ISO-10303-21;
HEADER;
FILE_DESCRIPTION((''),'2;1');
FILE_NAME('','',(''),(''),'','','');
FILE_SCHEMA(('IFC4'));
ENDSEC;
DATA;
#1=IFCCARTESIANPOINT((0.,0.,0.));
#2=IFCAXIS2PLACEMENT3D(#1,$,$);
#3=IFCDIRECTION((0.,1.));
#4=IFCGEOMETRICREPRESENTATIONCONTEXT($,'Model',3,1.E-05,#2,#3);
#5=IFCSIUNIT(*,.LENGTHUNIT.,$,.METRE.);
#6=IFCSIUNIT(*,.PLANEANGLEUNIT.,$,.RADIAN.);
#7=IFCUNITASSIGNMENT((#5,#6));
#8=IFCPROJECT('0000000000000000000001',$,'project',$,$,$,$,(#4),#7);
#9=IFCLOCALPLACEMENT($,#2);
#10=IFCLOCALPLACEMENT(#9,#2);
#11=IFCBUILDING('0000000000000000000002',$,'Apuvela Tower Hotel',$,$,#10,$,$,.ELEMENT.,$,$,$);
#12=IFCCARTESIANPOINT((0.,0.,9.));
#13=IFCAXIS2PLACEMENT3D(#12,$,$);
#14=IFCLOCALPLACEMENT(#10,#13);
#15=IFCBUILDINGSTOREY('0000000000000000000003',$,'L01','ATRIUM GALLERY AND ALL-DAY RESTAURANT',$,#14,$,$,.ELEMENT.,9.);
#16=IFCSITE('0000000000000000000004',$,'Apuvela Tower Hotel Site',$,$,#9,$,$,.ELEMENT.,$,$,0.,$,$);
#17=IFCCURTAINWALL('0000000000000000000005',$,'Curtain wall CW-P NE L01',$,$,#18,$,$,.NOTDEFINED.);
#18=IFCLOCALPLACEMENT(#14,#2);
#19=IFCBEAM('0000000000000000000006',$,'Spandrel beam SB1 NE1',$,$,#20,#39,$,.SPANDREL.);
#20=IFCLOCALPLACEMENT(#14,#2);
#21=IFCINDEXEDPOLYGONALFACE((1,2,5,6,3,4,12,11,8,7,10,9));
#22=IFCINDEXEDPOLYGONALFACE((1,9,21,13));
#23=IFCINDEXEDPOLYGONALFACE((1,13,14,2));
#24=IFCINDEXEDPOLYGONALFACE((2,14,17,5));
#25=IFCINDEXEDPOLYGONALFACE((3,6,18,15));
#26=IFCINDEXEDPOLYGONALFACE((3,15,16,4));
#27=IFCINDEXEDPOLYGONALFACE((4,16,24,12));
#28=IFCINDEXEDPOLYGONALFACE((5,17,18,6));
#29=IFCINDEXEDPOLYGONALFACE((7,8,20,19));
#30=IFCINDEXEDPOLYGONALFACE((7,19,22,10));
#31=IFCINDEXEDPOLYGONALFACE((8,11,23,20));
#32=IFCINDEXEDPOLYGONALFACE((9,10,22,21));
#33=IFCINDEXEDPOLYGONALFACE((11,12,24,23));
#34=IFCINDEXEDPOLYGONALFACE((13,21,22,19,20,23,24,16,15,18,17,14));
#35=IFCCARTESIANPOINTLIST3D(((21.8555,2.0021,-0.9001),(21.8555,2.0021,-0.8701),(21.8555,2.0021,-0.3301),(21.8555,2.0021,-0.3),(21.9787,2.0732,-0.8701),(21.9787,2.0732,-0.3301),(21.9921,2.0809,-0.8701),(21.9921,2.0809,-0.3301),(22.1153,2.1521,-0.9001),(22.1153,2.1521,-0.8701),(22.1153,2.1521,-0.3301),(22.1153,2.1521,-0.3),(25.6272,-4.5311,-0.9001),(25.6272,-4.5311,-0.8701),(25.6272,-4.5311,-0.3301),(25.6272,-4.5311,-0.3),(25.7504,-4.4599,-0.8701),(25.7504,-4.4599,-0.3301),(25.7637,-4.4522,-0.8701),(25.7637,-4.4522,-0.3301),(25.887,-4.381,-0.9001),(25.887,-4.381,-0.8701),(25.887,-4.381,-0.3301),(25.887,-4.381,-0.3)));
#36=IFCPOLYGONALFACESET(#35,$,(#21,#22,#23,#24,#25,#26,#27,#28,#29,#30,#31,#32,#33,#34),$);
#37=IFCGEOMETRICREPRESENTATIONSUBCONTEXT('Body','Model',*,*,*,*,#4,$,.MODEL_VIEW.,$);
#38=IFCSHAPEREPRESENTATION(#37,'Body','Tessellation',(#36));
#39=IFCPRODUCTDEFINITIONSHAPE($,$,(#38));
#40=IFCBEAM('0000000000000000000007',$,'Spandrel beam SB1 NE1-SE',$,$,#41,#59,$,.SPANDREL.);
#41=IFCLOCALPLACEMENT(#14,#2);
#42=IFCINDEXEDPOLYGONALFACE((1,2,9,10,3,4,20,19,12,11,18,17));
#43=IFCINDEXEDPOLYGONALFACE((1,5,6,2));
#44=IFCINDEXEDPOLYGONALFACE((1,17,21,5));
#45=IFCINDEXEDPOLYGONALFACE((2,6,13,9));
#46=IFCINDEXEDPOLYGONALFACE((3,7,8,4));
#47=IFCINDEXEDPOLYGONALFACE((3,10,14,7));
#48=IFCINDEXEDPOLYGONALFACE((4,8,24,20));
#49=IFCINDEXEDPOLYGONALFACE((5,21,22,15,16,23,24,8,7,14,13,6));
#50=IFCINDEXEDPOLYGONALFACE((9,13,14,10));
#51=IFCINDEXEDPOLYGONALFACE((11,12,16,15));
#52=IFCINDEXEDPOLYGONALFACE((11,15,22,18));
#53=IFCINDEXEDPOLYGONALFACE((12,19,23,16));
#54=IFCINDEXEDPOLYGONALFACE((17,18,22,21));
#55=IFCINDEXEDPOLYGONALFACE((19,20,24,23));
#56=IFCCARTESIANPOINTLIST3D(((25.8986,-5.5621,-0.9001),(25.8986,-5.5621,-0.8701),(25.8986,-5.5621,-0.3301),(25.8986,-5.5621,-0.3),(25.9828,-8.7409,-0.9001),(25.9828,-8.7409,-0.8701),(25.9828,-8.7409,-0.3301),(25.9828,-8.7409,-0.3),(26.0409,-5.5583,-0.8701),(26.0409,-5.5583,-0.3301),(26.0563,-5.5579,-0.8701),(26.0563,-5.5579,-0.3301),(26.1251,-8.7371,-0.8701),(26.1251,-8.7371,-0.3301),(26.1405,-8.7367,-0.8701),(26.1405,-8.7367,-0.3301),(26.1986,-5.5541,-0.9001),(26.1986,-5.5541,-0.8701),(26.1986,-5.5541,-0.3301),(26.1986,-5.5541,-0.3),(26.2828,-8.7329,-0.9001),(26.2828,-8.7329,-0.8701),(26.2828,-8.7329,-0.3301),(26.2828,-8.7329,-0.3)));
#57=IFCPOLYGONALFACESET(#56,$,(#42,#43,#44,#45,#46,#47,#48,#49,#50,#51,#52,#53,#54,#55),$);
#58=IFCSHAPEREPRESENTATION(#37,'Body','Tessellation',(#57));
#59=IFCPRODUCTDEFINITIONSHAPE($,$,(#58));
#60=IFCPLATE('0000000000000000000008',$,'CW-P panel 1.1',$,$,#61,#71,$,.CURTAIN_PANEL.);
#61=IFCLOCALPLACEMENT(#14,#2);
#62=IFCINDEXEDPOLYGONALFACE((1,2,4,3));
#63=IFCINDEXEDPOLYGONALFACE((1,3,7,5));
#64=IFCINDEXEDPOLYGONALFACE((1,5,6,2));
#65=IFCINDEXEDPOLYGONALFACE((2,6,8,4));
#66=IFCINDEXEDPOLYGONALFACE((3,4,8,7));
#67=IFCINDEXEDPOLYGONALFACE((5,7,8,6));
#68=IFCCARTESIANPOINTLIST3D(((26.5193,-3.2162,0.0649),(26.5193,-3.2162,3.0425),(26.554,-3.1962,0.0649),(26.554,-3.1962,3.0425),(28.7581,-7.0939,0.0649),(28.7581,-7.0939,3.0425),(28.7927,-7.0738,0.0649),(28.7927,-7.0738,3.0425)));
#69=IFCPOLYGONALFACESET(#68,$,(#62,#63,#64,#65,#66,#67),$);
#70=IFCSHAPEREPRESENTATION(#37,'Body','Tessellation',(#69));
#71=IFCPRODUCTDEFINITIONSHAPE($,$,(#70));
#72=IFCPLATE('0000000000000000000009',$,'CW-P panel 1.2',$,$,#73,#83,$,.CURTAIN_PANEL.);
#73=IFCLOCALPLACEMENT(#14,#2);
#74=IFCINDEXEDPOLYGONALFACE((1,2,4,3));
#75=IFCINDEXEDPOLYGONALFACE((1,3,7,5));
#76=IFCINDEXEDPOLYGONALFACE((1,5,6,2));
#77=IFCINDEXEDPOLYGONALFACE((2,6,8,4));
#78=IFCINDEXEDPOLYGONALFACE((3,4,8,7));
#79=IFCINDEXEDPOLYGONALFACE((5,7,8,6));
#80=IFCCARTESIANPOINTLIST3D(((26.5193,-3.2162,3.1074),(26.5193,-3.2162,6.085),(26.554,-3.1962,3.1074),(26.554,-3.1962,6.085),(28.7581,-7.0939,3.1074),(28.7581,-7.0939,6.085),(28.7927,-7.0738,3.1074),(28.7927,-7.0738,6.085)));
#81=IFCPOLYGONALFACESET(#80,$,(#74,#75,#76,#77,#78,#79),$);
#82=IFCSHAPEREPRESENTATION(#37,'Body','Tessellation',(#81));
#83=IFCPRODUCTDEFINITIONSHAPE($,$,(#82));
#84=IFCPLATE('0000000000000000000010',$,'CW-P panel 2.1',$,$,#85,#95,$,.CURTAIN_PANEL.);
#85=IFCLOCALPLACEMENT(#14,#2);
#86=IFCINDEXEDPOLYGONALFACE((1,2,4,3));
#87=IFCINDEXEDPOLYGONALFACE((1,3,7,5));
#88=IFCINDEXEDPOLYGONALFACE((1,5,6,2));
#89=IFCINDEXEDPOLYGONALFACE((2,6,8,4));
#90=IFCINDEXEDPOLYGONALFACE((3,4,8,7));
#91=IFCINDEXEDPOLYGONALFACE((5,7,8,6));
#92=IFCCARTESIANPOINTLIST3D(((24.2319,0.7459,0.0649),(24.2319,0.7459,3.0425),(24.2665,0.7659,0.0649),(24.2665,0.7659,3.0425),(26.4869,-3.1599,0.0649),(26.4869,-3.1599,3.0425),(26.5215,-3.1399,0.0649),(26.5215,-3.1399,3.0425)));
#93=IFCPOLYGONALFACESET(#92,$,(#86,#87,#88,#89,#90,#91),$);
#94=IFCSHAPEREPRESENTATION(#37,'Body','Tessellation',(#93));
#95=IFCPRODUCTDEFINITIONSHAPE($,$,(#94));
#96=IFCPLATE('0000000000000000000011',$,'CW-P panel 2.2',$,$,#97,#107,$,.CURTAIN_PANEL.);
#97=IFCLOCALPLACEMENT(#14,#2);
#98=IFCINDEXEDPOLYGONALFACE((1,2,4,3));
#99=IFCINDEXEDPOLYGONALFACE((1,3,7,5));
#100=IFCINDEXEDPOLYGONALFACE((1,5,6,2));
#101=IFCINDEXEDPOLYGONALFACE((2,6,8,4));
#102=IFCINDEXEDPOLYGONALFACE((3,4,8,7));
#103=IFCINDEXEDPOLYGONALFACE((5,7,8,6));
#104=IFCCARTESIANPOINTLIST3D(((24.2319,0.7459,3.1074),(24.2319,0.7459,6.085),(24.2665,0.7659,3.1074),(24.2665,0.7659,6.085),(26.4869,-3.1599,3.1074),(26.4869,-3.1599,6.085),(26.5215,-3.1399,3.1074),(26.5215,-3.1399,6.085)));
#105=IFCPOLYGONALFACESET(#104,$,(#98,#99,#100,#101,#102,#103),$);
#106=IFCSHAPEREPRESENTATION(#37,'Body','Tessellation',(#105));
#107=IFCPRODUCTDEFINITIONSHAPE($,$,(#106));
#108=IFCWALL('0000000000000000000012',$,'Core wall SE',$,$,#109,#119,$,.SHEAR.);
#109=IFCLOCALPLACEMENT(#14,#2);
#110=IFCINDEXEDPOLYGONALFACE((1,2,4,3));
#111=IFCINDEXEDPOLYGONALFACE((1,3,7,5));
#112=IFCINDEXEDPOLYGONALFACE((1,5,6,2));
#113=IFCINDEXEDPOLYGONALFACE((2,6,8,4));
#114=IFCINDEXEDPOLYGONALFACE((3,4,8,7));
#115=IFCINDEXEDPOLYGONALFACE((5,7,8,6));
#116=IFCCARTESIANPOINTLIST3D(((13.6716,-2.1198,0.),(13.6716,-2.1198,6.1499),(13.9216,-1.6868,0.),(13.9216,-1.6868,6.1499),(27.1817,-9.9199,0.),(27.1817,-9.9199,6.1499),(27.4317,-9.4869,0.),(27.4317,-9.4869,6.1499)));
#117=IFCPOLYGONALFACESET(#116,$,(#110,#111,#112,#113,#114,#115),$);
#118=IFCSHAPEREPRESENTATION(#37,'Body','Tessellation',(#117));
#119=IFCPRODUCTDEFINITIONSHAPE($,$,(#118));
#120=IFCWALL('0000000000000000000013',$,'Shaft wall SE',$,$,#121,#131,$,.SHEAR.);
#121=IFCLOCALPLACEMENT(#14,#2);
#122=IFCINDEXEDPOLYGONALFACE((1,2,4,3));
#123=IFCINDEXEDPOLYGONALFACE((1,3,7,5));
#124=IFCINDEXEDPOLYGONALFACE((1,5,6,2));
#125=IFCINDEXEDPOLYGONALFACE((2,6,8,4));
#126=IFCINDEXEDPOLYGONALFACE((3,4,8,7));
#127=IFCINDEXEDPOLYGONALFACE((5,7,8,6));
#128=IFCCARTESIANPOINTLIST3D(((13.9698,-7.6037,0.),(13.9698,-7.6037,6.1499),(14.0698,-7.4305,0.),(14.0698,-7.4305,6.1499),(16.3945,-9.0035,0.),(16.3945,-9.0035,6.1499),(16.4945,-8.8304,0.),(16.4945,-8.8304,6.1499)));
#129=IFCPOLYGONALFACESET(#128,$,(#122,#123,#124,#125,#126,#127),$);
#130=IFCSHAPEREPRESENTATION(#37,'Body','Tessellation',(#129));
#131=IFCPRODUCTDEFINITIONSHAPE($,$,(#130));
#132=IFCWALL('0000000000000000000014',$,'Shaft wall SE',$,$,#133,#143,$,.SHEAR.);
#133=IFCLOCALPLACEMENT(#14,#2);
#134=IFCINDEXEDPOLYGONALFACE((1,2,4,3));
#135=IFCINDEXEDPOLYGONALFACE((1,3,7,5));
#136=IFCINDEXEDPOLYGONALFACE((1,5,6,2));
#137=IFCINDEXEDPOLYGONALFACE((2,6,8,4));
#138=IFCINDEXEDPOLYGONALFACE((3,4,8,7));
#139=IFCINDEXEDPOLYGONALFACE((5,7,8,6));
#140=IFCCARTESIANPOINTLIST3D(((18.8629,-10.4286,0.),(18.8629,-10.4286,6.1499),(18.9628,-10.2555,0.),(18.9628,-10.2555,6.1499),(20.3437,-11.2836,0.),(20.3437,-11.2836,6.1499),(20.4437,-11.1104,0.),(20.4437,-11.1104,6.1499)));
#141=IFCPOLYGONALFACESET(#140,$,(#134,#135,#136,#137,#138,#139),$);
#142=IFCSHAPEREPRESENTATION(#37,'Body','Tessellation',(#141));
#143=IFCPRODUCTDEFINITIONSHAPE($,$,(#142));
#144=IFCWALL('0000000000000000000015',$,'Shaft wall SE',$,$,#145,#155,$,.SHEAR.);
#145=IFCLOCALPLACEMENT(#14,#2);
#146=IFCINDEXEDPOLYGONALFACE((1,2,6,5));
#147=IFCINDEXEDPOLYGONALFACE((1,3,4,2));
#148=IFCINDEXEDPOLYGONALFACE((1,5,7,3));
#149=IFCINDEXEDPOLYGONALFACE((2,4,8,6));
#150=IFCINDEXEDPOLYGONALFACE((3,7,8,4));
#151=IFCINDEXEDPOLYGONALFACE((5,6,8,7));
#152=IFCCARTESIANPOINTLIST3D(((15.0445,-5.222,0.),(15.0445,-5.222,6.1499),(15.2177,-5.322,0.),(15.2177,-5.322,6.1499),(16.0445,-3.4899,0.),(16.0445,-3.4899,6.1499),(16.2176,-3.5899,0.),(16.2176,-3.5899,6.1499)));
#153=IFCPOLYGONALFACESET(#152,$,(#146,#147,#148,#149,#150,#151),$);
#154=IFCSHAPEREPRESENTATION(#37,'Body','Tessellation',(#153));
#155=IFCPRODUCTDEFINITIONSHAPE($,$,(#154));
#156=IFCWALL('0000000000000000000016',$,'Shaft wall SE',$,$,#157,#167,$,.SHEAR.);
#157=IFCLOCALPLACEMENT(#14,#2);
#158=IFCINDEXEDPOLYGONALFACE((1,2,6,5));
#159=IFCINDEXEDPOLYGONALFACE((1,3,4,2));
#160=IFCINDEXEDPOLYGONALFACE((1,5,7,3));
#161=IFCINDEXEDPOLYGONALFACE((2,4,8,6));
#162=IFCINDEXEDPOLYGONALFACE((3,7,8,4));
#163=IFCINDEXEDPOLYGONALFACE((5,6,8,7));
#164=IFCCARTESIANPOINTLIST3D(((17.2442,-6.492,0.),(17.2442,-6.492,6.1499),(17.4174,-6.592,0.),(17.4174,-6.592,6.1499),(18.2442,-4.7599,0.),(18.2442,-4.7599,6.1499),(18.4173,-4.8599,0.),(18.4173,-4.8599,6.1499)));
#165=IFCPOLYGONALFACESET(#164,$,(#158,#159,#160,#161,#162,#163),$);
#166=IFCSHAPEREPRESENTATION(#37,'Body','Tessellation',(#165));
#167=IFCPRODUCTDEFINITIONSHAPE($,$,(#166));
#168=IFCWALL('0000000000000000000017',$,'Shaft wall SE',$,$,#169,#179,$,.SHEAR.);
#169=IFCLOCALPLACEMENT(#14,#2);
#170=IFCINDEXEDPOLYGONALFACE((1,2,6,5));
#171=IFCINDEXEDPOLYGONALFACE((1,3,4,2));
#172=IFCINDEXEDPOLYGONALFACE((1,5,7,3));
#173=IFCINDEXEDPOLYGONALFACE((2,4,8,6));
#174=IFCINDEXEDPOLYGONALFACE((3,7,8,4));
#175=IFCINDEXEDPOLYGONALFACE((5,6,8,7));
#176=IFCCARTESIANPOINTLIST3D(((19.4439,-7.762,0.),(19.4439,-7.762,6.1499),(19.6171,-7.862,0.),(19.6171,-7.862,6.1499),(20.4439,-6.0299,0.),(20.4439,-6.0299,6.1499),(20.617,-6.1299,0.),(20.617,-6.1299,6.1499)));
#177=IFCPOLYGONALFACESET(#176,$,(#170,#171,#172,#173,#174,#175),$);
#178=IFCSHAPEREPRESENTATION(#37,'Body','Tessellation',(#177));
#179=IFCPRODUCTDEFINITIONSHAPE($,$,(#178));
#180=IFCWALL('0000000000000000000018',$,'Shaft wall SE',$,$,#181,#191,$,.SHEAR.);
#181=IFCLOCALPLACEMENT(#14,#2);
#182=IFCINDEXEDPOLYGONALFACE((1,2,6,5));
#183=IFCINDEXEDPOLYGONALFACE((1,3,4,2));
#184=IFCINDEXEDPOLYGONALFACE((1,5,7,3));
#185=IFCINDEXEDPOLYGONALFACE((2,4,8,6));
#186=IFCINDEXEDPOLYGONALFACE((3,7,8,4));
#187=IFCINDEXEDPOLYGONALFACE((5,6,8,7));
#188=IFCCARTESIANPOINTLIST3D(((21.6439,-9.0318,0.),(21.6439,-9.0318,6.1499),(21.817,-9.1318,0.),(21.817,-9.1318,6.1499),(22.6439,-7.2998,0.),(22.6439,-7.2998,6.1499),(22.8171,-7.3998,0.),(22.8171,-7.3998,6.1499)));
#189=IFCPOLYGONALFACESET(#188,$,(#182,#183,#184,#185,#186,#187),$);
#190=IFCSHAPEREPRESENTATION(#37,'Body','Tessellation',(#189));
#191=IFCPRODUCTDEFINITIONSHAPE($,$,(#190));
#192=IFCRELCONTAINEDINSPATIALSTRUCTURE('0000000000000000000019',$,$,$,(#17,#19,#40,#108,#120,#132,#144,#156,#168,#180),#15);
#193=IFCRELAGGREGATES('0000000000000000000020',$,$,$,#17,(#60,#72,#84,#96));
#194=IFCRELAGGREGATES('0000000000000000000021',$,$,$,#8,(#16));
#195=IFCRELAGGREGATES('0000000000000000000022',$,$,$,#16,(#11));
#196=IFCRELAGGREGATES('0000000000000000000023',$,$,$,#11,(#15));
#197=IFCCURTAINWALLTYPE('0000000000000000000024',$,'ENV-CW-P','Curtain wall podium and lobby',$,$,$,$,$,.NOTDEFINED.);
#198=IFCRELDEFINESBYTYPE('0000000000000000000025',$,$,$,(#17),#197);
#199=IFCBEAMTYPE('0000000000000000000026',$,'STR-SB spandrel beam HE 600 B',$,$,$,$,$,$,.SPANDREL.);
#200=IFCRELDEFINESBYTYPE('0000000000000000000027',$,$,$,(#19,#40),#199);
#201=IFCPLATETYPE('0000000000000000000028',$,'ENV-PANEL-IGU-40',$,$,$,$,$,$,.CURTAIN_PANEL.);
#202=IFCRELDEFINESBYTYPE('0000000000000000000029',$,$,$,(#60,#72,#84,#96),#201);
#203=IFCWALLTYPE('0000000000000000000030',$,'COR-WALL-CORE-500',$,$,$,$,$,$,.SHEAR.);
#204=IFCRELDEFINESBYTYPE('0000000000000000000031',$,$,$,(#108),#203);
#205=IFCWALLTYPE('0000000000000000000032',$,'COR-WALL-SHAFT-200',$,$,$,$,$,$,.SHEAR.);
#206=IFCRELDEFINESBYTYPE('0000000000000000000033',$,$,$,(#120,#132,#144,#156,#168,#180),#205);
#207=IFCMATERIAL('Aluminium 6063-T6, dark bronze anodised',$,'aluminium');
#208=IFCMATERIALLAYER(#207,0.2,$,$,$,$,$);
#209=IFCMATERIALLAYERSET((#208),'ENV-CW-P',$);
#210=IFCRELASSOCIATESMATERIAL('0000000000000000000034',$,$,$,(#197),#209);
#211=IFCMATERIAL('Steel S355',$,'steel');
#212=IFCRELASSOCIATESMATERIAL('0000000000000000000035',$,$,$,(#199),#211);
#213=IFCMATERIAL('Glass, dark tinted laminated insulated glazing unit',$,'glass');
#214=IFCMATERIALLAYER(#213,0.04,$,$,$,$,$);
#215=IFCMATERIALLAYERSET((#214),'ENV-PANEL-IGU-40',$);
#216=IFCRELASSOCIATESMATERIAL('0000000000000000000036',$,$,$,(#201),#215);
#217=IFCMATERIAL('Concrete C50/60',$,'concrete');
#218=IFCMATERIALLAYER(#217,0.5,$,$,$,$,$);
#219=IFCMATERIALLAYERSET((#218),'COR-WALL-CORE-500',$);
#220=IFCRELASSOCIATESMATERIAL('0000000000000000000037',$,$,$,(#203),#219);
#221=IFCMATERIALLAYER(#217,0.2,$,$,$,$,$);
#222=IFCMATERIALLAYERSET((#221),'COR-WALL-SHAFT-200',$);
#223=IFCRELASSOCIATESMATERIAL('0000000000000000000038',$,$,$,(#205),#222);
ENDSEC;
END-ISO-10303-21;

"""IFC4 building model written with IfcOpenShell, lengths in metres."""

from ifc_helpers import new_model, si_unit, direction, frame, frame_2d, origin, origin_2d, place, context, subcontext, project, spatial, rectangle, i_section, extrude, material, layer, layer_set, material_profile, profile_set, type_object, element, aggregate, save


model = new_model("IFC4")

# Units and contexts
model_context = context("Model", 3, precision=1e-05, world=origin(), true_north=direction((0.0, 1.0)))
body_context = subcontext(model_context, "Body", "Model", "MODEL_VIEW")
ifc_project = project(units=[si_unit("LENGTHUNIT", "METRE"), si_unit("PLANEANGLEUNIT", "RADIAN")], contexts=[model_context])

# Site, building, storey
site_placement = place(None, origin())
site = spatial("IfcSite", under=ifc_project, at=site_placement, Name="Apuvela Tower Hotel Site", CompositionType="ELEMENT", RefElevation=0.0)
building_placement = place(site_placement, origin())
building = spatial("IfcBuilding", under=site, at=building_placement, Name="Apuvela Tower Hotel", CompositionType="ELEMENT")
storey_placement = place(building_placement, frame((0.0, 0.0, 9.0)))
storey = spatial("IfcBuildingStorey", under=building, at=storey_placement, Name="L01", Description="ATRIUM GALLERY AND ALL-DAY RESTAURANT", CompositionType="ELEMENT", Elevation=9.0)

# Curtain wall
ifc_material_1 = material(Name="Aluminium 6063-T6, dark bronze anodised", Category="aluminium")
ifc_layer_1 = layer(ifc_material_1, 0.2)
ifc_layer_set_1 = layer_set([ifc_layer_1], Name="ENV-CW-P")
curtain_wall_type = type_object("IfcCurtainWallType", Name="ENV-CW-P", Description="Curtain wall podium and lobby", PredefinedType="NOTDEFINED", material=ifc_layer_set_1)
curtain_wall_placement = place(storey_placement, origin())
curtain_wall = element("IfcCurtainWall", 1, at=curtain_wall_placement, inside=storey, type_object=curtain_wall_type, Name="Curtain wall CW-P NE L01", PredefinedType="NOTDEFINED")

# Beams
ifc_material_2 = material(Name="Steel S355", Category="steel")
ifc_material_profile_1 = material_profile(ifc_material_2, i_section(OverallWidth=0.3, OverallDepth=0.6001, WebThickness=0.0154, FlangeThickness=0.03, at=origin_2d()), Name="HE 600 B")
ifc_profile_set_1 = profile_set([ifc_material_profile_1], Name="Steel S355")
beam_type_1 = type_object("IfcBeamType", Name="STR-SB spandrel beam HE 600 B", PredefinedType="SPANDREL", material=ifc_profile_set_1)
beam_1_placement = place(storey_placement, frame((25.7571, -4.4561, -0.6001), z_axis=(-0.499978, 0.866038, 0.0), x_axis=(-0.866038, -0.499978, 0.0)))
element("IfcBeam", 2, at=beam_1_placement, inside=storey, type_object=beam_type_1, Name="Spandrel beam SB1 NE1", PredefinedType="SPANDREL", context=body_context, shape_type="SweptSolid", body=[
    extrude(i_section(OverallWidth=0.3, OverallDepth=0.6001, WebThickness=0.0154, FlangeThickness=0.03, at=origin_2d()), origin(), (0.0, 0.0, 1.0), 7.5437),
])
beam_2_placement = place(storey_placement, frame((26.0486, -5.5581, -0.6001), z_axis=(0.026488, -0.999649, 0.0), x_axis=(0.999649, 0.026488, 0.0)))
element("IfcBeam", 3, at=beam_2_placement, inside=storey, type_object=beam_type_1, Name="Spandrel beam SB1 NE1-SE", PredefinedType="SPANDREL", context=body_context, shape_type="SweptSolid", body=[
    extrude(i_section(OverallWidth=0.3, OverallDepth=0.6001, WebThickness=0.0154, FlangeThickness=0.03, at=origin_2d()), origin(), (0.0, 0.0, 1.0), 3.1799),
])

# Plates
ifc_material_3 = material(Name="Glass, dark tinted laminated insulated glazing unit", Category="glass")
ifc_layer_2 = layer(ifc_material_3, 0.04)
ifc_layer_set_2 = layer_set([ifc_layer_2], Name="ENV-PANEL-IGU-40")
plate_type = type_object("IfcPlateType", Name="ENV-PANEL-IGU-40", PredefinedType="CURTAIN_PANEL", material=ifc_layer_set_2)
plate_1_placement = place(storey_placement, frame((27.656, -5.145, 0.0649), z_axis=(0.0, 0.0, 1.0), x_axis=(-0.5, 0.866025, 0.0)))
plate_1 = element("IfcPlate", 4, at=plate_1_placement, type_object=plate_type, Name="CW-P panel 1.1", PredefinedType="CURTAIN_PANEL", context=body_context, shape_type="SweptSolid", body=[
    extrude(rectangle(XDim=4.4775, YDim=0.04, at=origin_2d()), origin(), (0.0, 0.0, 1.0), 2.9775),
])
plate_2_placement = place(storey_placement, frame((27.656, -5.145, 3.1074), z_axis=(0.0, 0.0, 1.0), x_axis=(-0.5, 0.866025, 0.0)))
plate_2 = element("IfcPlate", 5, at=plate_2_placement, type_object=plate_type, Name="CW-P panel 1.2", PredefinedType="CURTAIN_PANEL", context=body_context, shape_type="SweptSolid", body=[
    extrude(rectangle(XDim=4.4775, YDim=0.04, at=origin_2d()), origin(), (0.0, 0.0, 1.0), 2.9775),
])
plate_3_placement = place(storey_placement, frame((25.3767, -1.197, 0.0649), z_axis=(0.0, 0.0, 1.0), x_axis=(-0.5, 0.866025, 0.0)))
plate_3 = element("IfcPlate", 6, at=plate_3_placement, type_object=plate_type, Name="CW-P panel 2.1", PredefinedType="CURTAIN_PANEL", context=body_context, shape_type="SweptSolid", body=[
    extrude(rectangle(XDim=4.51, YDim=0.04, at=origin_2d()), origin(), (0.0, 0.0, 1.0), 2.9775),
])
plate_4_placement = place(storey_placement, frame((25.3767, -1.197, 3.1074), z_axis=(0.0, 0.0, 1.0), x_axis=(-0.5, 0.866025, 0.0)))
plate_4 = element("IfcPlate", 7, at=plate_4_placement, type_object=plate_type, Name="CW-P panel 2.2", PredefinedType="CURTAIN_PANEL", context=body_context, shape_type="SweptSolid", body=[
    extrude(rectangle(XDim=4.51, YDim=0.04, at=origin_2d()), origin(), (0.0, 0.0, 1.0), 2.9775),
])
aggregate(curtain_wall, [plate_1, plate_2, plate_3, plate_4])

# Walls
ifc_material_4 = material(Name="Concrete C50/60", Category="concrete")
ifc_layer_3 = layer(ifc_material_4, 0.5)
ifc_layer_set_3 = layer_set([ifc_layer_3], Name="COR-WALL-CORE-500")
wall_type_1 = type_object("IfcWallType", Name="COR-WALL-CORE-500", PredefinedType="SHEAR", material=ifc_layer_set_3)
wall_1_placement = place(storey_placement, frame((13.7966, -1.9033, 0.0), z_axis=(0.0, 0.0, 1.0), x_axis=(0.866024, -0.500002, 0.0)))
element("IfcWall", 8, at=wall_1_placement, inside=storey, type_object=wall_type_1, Name="Core wall SE", PredefinedType="SHEAR", context=body_context, shape_type="SweptSolid", body=[
    extrude(rectangle(XDim=15.6001, YDim=0.5, at=frame_2d((7.8, 0.0))), origin(), (0.0, 0.0, 1.0), 6.1499),
])
ifc_layer_4 = layer(ifc_material_4, 0.2)
ifc_layer_set_4 = layer_set([ifc_layer_4], Name="COR-WALL-SHAFT-200")
wall_type_2 = type_object("IfcWallType", Name="COR-WALL-SHAFT-200", PredefinedType="SHEAR", material=ifc_layer_set_4)
wall_2_placement = place(storey_placement, frame((14.0198, -7.5171, 0.0), z_axis=(0.0, 0.0, 1.0), x_axis=(0.866035, -0.499984, 0.0)))
element("IfcWall", 9, at=wall_2_placement, inside=storey, type_object=wall_type_2, Name="Shaft wall SE", PredefinedType="SHEAR", context=body_context, shape_type="SweptSolid", body=[
    extrude(rectangle(XDim=2.7998, YDim=0.2, at=frame_2d((1.3999, 0.0))), origin(), (0.0, 0.0, 1.0), 6.1499),
])
wall_3_placement = place(storey_placement, frame((18.9128, -10.342, 0.0), z_axis=(0.0, 0.0, 1.0), x_axis=(0.866038, -0.499978, 0.0)))
element("IfcWall", 10, at=wall_3_placement, inside=storey, type_object=wall_type_2, Name="Shaft wall SE", PredefinedType="SHEAR", context=body_context, shape_type="SweptSolid", body=[
    extrude(rectangle(XDim=1.71, YDim=0.2, at=frame_2d((0.855, 0.0))), origin(), (0.0, 0.0, 1.0), 6.1499),
])
for number, where, z_axis, x_axis, name in (
    (11, (15.1311, -5.272, 0.0), (0.0, 0.0, 1.0), (0.499973, 0.866041, 0.0), "Shaft wall SE"),
    (12, (17.3308, -6.542, 0.0), (0.0, 0.0, 1.0), (0.499973, 0.866041, 0.0), "Shaft wall SE"),
    (13, (19.5305, -7.812, 0.0), (0.0, 0.0, 1.0), (0.499973, 0.866041, 0.0), "Shaft wall SE"),
    (14, (21.7305, -9.0818, 0.0), (0.0, 0.0, 1.0), (0.500025, 0.866011, 0.0), "Shaft wall SE"),
):
    element("IfcWall", number, at=place(storey_placement, frame(where, z_axis=z_axis, x_axis=x_axis)), inside=storey, type_object=wall_type_2, Name=name, PredefinedType="SHEAR", context=body_context, shape_type="SweptSolid", body=[
        extrude(rectangle(XDim=2.0, YDim=0.2, at=frame_2d((1.0, 0.0))), origin(), (0.0, 0.0, 1.0), 6.1499),
    ])

save(model, "model.ifc")
